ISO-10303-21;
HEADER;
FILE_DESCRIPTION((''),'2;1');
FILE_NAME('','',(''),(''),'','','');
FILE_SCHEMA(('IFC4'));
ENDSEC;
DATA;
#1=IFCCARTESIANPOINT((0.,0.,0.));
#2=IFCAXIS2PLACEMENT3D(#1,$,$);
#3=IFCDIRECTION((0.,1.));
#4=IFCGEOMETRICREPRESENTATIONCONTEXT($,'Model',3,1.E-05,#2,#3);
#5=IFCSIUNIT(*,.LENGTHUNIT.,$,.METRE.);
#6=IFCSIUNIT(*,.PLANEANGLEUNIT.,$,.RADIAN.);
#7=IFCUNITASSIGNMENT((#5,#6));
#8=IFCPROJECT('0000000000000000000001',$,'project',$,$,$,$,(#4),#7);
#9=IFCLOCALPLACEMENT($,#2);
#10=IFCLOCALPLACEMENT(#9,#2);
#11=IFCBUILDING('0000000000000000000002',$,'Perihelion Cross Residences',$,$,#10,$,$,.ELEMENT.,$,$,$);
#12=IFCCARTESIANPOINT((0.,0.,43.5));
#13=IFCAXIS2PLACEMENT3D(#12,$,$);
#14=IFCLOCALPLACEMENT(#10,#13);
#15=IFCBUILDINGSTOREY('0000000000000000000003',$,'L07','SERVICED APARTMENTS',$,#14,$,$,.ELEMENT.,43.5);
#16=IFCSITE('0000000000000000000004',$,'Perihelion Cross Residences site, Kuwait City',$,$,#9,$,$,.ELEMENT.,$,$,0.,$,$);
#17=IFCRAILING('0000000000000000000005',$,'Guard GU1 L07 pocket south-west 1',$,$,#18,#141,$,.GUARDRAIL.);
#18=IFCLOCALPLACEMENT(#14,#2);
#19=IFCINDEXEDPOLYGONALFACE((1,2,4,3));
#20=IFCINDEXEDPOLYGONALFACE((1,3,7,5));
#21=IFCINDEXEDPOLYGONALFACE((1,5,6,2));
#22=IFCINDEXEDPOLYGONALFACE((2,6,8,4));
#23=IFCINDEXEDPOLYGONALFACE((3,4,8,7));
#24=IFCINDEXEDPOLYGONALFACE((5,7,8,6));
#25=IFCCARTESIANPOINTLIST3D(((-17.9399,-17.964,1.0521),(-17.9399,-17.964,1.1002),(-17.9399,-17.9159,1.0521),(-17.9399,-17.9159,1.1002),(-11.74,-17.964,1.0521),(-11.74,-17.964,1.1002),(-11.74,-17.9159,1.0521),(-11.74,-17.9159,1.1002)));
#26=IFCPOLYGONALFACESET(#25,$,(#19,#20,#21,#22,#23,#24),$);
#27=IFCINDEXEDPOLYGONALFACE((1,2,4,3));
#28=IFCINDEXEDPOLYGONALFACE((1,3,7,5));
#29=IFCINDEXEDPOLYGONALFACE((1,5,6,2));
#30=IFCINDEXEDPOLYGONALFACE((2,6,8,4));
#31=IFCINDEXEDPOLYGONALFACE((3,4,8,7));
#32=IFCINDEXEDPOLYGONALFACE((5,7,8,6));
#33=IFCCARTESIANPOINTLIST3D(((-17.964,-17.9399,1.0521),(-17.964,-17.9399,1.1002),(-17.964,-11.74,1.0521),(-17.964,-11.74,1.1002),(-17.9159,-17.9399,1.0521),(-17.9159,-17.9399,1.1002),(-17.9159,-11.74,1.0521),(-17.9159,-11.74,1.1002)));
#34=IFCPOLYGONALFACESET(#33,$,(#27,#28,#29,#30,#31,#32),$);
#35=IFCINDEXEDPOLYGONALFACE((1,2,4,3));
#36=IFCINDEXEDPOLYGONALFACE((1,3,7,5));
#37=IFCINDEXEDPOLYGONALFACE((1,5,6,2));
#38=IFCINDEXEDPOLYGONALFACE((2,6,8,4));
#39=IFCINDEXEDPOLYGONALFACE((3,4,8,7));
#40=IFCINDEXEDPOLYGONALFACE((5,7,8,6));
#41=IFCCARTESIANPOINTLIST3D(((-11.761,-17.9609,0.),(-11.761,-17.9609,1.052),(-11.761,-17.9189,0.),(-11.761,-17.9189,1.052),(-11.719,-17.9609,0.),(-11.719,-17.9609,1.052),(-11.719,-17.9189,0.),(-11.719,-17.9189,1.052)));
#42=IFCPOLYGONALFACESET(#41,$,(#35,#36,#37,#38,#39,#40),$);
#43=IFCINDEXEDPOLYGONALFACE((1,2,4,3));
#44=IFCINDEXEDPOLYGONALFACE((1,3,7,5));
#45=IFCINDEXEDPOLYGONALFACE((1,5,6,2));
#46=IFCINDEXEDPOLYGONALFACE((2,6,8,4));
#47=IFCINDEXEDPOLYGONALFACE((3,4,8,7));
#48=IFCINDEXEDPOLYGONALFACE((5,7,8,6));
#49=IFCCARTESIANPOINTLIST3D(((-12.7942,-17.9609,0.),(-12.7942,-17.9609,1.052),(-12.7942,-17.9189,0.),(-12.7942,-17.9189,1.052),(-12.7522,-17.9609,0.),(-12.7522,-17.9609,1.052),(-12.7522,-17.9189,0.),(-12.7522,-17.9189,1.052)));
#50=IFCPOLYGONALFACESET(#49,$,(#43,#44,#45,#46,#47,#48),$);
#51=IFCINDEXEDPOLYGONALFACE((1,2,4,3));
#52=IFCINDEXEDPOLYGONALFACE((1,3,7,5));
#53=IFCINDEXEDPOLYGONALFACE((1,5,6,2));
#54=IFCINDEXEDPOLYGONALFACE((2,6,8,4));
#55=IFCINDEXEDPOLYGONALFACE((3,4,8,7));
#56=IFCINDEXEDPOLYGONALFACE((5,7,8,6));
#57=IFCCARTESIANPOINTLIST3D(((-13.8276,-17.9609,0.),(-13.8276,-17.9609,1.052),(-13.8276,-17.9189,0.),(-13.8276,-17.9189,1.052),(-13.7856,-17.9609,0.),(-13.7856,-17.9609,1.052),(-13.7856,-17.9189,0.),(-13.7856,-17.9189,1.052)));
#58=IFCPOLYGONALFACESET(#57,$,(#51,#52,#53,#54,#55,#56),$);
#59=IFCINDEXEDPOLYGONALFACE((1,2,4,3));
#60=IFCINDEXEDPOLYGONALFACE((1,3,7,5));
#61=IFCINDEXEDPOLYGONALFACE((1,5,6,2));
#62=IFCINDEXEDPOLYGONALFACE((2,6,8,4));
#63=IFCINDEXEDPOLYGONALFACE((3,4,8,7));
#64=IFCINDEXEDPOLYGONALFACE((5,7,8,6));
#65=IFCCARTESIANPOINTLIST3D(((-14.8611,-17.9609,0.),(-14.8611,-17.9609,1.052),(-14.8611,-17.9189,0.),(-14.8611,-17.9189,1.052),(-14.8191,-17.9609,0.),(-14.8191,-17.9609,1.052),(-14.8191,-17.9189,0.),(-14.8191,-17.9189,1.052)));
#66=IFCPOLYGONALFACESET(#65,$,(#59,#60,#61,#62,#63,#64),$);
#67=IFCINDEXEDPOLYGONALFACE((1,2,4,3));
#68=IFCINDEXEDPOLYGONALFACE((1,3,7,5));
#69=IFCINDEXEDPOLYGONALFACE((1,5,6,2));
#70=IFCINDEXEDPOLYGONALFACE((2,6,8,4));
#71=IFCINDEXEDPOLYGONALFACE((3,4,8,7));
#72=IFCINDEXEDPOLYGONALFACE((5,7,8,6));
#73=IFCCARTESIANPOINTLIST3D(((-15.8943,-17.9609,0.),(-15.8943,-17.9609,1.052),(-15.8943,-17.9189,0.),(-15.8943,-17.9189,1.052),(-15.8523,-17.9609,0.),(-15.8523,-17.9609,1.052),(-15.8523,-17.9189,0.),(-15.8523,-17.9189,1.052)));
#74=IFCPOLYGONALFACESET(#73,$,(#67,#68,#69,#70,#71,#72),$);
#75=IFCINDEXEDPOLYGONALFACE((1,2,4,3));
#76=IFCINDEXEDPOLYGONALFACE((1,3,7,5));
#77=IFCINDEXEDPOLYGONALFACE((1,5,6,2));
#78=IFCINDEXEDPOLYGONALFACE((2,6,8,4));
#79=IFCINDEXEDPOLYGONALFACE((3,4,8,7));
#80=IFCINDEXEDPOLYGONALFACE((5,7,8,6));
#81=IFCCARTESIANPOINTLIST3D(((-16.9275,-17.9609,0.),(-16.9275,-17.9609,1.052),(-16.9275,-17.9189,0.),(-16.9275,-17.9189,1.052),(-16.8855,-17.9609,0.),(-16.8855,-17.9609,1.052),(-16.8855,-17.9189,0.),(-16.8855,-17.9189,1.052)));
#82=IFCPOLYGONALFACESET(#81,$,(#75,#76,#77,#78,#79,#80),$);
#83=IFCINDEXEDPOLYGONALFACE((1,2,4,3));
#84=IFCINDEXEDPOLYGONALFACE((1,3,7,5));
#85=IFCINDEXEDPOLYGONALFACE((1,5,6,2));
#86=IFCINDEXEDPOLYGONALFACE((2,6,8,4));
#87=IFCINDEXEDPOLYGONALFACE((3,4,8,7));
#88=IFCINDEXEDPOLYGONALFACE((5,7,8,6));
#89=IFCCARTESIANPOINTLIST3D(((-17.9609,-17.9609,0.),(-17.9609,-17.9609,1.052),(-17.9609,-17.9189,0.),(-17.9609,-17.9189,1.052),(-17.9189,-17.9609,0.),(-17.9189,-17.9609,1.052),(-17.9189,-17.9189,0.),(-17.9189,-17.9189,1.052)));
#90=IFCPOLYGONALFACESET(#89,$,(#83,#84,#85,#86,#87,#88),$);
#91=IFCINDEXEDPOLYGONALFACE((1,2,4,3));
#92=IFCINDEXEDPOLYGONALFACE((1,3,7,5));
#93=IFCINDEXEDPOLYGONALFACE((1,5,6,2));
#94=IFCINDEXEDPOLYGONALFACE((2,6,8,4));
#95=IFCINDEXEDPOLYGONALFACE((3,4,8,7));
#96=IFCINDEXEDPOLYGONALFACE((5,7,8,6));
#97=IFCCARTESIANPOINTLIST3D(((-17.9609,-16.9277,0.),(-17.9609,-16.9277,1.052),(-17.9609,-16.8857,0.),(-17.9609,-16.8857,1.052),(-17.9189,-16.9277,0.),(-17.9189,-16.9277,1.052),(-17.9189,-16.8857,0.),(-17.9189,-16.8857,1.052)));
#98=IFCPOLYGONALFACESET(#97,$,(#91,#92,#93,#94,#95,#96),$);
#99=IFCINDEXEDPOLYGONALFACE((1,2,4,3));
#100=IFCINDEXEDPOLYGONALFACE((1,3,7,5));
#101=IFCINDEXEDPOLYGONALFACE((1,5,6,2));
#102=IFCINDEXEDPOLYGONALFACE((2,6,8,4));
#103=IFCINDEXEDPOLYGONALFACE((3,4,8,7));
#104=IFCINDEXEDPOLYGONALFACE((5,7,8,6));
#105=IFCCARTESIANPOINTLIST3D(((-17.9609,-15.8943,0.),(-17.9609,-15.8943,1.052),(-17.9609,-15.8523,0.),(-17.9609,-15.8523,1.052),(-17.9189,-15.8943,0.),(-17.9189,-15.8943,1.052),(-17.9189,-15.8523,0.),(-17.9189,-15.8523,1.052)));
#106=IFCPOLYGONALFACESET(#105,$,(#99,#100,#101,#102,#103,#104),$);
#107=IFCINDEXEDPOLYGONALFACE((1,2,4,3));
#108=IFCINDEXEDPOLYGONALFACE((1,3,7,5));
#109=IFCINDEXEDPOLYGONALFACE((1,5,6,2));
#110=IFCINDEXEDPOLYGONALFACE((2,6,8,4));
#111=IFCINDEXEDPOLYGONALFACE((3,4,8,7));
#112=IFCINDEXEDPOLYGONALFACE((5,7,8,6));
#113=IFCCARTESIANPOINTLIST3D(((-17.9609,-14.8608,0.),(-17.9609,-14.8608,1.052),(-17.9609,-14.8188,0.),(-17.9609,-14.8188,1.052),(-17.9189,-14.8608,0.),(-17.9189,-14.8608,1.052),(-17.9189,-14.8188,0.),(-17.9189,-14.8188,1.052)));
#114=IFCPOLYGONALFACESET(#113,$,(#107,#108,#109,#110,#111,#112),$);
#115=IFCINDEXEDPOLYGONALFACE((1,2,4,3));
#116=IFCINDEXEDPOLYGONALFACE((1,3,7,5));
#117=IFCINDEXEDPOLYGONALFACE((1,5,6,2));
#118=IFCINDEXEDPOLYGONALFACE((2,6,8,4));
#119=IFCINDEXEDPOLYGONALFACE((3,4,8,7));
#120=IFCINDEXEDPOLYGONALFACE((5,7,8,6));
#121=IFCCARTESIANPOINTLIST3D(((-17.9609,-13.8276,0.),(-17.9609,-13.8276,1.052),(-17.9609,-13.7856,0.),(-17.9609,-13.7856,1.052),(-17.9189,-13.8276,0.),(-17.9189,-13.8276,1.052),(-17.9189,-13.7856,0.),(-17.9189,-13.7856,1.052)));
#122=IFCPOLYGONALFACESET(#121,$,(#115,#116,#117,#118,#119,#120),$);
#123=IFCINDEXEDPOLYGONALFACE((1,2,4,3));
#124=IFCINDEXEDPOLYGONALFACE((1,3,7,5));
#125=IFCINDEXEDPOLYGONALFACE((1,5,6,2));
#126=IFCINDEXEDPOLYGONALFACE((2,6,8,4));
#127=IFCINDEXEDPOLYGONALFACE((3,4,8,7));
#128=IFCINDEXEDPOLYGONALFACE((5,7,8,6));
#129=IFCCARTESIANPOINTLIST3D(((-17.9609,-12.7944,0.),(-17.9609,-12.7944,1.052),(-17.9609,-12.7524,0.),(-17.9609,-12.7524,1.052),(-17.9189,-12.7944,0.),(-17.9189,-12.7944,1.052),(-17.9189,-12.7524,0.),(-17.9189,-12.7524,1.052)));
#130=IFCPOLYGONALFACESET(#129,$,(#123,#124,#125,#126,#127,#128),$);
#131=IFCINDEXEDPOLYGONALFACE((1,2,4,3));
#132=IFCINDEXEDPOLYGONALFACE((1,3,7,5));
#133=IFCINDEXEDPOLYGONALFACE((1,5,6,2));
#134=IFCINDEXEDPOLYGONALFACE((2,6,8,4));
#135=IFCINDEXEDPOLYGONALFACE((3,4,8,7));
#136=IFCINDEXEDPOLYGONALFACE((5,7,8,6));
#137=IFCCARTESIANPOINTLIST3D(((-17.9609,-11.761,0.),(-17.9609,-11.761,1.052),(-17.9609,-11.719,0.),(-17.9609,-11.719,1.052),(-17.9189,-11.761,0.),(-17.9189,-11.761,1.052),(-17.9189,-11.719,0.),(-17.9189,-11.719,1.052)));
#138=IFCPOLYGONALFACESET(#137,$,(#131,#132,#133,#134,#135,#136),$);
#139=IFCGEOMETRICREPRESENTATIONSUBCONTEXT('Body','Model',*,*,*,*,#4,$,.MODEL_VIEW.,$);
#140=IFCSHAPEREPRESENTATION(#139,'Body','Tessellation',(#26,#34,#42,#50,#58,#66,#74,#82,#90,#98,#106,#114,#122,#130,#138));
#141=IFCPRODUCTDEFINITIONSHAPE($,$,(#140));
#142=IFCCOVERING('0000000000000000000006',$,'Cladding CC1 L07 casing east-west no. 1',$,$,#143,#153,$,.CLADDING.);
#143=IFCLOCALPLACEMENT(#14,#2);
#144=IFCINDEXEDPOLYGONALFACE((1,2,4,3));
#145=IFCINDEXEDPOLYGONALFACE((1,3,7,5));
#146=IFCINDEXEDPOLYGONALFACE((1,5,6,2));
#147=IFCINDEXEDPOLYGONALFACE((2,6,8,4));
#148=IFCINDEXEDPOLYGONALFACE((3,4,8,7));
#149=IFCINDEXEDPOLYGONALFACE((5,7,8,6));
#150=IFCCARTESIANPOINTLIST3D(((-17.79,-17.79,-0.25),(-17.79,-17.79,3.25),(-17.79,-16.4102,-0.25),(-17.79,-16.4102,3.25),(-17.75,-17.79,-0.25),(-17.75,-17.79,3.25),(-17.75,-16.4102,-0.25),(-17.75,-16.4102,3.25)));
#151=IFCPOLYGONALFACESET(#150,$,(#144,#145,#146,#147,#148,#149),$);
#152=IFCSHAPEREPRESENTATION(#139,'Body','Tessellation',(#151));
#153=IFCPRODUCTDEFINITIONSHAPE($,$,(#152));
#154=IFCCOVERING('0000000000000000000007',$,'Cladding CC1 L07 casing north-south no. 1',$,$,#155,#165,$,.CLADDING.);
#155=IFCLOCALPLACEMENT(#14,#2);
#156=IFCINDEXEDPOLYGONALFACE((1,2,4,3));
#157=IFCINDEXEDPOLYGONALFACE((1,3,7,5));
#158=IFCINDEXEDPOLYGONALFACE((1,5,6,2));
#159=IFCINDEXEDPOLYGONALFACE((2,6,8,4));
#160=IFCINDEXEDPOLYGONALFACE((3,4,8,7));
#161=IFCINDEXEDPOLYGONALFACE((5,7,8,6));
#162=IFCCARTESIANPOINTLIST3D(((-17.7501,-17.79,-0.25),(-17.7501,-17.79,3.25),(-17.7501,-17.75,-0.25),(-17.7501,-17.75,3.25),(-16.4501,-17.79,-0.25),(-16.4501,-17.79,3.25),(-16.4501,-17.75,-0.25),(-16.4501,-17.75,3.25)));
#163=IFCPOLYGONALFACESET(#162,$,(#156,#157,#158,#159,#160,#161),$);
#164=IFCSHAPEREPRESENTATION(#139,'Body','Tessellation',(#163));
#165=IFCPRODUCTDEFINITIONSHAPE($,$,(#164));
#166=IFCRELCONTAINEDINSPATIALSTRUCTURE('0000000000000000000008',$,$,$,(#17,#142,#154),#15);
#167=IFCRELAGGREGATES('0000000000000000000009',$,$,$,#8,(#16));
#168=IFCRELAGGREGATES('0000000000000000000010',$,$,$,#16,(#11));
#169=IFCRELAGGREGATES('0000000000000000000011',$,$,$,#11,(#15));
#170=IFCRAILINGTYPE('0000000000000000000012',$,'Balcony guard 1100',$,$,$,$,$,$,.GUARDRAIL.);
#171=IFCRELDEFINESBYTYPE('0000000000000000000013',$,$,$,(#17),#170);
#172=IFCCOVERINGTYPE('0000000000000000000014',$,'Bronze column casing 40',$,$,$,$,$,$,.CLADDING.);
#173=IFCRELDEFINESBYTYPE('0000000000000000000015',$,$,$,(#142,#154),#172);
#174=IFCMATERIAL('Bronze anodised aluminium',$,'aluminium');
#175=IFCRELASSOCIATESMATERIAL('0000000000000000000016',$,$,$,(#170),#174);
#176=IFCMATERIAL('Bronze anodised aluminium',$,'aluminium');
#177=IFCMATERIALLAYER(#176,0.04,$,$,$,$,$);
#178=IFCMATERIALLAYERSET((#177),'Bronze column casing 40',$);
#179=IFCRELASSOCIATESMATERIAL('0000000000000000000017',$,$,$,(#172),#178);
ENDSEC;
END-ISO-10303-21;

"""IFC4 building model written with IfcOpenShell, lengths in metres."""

from ifc_helpers import new_model, si_unit, direction, frame, origin, origin_2d, place, context, subcontext, project, spatial, rectangle, extrude, material, layer, layer_set, type_object, element, save


model = new_model("IFC4")

# Units and contexts
model_context = context("Model", 3, precision=1e-05, world=origin(), true_north=direction((0.0, 1.0)))
body_context = subcontext(model_context, "Body", "Model", "MODEL_VIEW")
ifc_project = project(units=[si_unit("LENGTHUNIT", "METRE"), si_unit("PLANEANGLEUNIT", "RADIAN")], contexts=[model_context])

# Site, building, storey
site_placement = place(None, origin())
site = spatial("IfcSite", under=ifc_project, at=site_placement, Name="Perihelion Cross Residences site, Kuwait City", CompositionType="ELEMENT", RefElevation=0.0)
building_placement = place(site_placement, origin())
building = spatial("IfcBuilding", under=site, at=building_placement, Name="Perihelion Cross Residences", CompositionType="ELEMENT")
storey_placement = place(building_placement, frame((0.0, 0.0, 43.5)))
storey = spatial("IfcBuildingStorey", under=building, at=storey_placement, Name="L07", Description="SERVICED APARTMENTS", CompositionType="ELEMENT", Elevation=43.5)

# Railing
ifc_material_1 = material(Name="Bronze anodised aluminium", Category="aluminium")
railing_type = type_object("IfcRailingType", Name="Balcony guard 1100", PredefinedType="GUARDRAIL", material=ifc_material_1)
railing_1_placement = place(storey_placement, frame((-11.74, -17.9399, 0.0)))
element("IfcRailing", 1, at=railing_1_placement, inside=storey, type_object=railing_type, Name="Guard GU1 L07 pocket south-west 1", PredefinedType="GUARDRAIL", context=body_context, shape_type="SweptSolid", body=[
    extrude(rectangle(XDim=0.0481, YDim=0.0481, at=origin_2d()), frame((0.0, 0.0, 1.0762), z_axis=(-1.0, 0.0, 0.0), x_axis=(0.0, -1.0, 0.0)), (0.0, 0.0, 1.0), 6.2),
    extrude(rectangle(XDim=0.0481, YDim=0.0481, at=origin_2d()), frame((-6.2, 0.0, 1.0762), z_axis=(0.0, 1.0, 0.0), x_axis=(-1.0, 0.0, 0.0)), (0.0, 0.0, 1.0), 6.2),
    extrude(rectangle(XDim=0.042, YDim=0.042, at=origin_2d()), origin(), (0.0, 0.0, 1.0), 1.052),
    extrude(rectangle(XDim=0.042, YDim=0.042, at=origin_2d()), frame((-1.0332, 0.0, 0.0)), (0.0, 0.0, 1.0), 1.052),
    extrude(rectangle(XDim=0.042, YDim=0.042, at=origin_2d()), frame((-2.0667, 0.0, 0.0)), (0.0, 0.0, 1.0), 1.052),
    extrude(rectangle(XDim=0.042, YDim=0.042, at=origin_2d()), frame((-3.1001, 0.0, 0.0)), (0.0, 0.0, 1.0), 1.052),
    extrude(rectangle(XDim=0.042, YDim=0.042, at=origin_2d()), frame((-4.1333, 0.0, 0.0)), (0.0, 0.0, 1.0), 1.052),
    extrude(rectangle(XDim=0.042, YDim=0.042, at=origin_2d()), frame((-5.1665, 0.0, 0.0)), (0.0, 0.0, 1.0), 1.052),
    extrude(rectangle(XDim=0.042, YDim=0.042, at=origin_2d()), frame((-6.2, 0.0, 0.0)), (0.0, 0.0, 1.0), 1.052),
    extrude(rectangle(XDim=0.042, YDim=0.042, at=origin_2d()), frame((-6.2, 1.0332, 0.0)), (0.0, 0.0, 1.0), 1.052),
    extrude(rectangle(XDim=0.042, YDim=0.042, at=origin_2d()), frame((-6.2, 2.0667, 0.0)), (0.0, 0.0, 1.0), 1.052),
    extrude(rectangle(XDim=0.042, YDim=0.042, at=origin_2d()), frame((-6.2, 3.1001, 0.0)), (0.0, 0.0, 1.0), 1.052),
    extrude(rectangle(XDim=0.042, YDim=0.042, at=origin_2d()), frame((-6.2, 4.1333, 0.0)), (0.0, 0.0, 1.0), 1.052),
    extrude(rectangle(XDim=0.042, YDim=0.042, at=origin_2d()), frame((-6.2, 5.1665, 0.0)), (0.0, 0.0, 1.0), 1.052),
    extrude(rectangle(XDim=0.042, YDim=0.042, at=origin_2d()), frame((-6.2, 6.2, 0.0)), (0.0, 0.0, 1.0), 1.052),
])

# Coverings
ifc_material_2 = material(Name="Bronze anodised aluminium", Category="aluminium")
ifc_layer_1 = layer(ifc_material_2, 0.04)
ifc_layer_set_1 = layer_set([ifc_layer_1], Name="Bronze column casing 40")
covering_type = type_object("IfcCoveringType", Name="Bronze column casing 40", PredefinedType="CLADDING", material=ifc_layer_set_1)
covering_1_placement = place(storey_placement, frame((-17.77, -17.1001, -0.25), z_axis=(0.0, 0.0, 1.0), x_axis=(1.0, 0.0, 0.0)))
element("IfcCovering", 2, at=covering_1_placement, inside=storey, type_object=covering_type, Name="Cladding CC1 L07 casing east-west no. 1", PredefinedType="CLADDING", context=body_context, shape_type="SweptSolid", body=[
    extrude(rectangle(XDim=0.04, YDim=1.3799, at=origin_2d()), origin(), (0.0, 0.0, 1.0), 3.5),
])
covering_2_placement = place(storey_placement, frame((-17.1001, -17.77, -0.25), z_axis=(0.0, 0.0, 1.0), x_axis=(1.0, 0.0, 0.0)))
element("IfcCovering", 3, at=covering_2_placement, inside=storey, type_object=covering_type, Name="Cladding CC1 L07 casing north-south no. 1", PredefinedType="CLADDING", context=body_context, shape_type="SweptSolid", body=[
    extrude(rectangle(XDim=1.3, YDim=0.04, at=origin_2d()), origin(), (0.0, 0.0, 1.0), 3.5),
])

save(model, "model.ifc")
